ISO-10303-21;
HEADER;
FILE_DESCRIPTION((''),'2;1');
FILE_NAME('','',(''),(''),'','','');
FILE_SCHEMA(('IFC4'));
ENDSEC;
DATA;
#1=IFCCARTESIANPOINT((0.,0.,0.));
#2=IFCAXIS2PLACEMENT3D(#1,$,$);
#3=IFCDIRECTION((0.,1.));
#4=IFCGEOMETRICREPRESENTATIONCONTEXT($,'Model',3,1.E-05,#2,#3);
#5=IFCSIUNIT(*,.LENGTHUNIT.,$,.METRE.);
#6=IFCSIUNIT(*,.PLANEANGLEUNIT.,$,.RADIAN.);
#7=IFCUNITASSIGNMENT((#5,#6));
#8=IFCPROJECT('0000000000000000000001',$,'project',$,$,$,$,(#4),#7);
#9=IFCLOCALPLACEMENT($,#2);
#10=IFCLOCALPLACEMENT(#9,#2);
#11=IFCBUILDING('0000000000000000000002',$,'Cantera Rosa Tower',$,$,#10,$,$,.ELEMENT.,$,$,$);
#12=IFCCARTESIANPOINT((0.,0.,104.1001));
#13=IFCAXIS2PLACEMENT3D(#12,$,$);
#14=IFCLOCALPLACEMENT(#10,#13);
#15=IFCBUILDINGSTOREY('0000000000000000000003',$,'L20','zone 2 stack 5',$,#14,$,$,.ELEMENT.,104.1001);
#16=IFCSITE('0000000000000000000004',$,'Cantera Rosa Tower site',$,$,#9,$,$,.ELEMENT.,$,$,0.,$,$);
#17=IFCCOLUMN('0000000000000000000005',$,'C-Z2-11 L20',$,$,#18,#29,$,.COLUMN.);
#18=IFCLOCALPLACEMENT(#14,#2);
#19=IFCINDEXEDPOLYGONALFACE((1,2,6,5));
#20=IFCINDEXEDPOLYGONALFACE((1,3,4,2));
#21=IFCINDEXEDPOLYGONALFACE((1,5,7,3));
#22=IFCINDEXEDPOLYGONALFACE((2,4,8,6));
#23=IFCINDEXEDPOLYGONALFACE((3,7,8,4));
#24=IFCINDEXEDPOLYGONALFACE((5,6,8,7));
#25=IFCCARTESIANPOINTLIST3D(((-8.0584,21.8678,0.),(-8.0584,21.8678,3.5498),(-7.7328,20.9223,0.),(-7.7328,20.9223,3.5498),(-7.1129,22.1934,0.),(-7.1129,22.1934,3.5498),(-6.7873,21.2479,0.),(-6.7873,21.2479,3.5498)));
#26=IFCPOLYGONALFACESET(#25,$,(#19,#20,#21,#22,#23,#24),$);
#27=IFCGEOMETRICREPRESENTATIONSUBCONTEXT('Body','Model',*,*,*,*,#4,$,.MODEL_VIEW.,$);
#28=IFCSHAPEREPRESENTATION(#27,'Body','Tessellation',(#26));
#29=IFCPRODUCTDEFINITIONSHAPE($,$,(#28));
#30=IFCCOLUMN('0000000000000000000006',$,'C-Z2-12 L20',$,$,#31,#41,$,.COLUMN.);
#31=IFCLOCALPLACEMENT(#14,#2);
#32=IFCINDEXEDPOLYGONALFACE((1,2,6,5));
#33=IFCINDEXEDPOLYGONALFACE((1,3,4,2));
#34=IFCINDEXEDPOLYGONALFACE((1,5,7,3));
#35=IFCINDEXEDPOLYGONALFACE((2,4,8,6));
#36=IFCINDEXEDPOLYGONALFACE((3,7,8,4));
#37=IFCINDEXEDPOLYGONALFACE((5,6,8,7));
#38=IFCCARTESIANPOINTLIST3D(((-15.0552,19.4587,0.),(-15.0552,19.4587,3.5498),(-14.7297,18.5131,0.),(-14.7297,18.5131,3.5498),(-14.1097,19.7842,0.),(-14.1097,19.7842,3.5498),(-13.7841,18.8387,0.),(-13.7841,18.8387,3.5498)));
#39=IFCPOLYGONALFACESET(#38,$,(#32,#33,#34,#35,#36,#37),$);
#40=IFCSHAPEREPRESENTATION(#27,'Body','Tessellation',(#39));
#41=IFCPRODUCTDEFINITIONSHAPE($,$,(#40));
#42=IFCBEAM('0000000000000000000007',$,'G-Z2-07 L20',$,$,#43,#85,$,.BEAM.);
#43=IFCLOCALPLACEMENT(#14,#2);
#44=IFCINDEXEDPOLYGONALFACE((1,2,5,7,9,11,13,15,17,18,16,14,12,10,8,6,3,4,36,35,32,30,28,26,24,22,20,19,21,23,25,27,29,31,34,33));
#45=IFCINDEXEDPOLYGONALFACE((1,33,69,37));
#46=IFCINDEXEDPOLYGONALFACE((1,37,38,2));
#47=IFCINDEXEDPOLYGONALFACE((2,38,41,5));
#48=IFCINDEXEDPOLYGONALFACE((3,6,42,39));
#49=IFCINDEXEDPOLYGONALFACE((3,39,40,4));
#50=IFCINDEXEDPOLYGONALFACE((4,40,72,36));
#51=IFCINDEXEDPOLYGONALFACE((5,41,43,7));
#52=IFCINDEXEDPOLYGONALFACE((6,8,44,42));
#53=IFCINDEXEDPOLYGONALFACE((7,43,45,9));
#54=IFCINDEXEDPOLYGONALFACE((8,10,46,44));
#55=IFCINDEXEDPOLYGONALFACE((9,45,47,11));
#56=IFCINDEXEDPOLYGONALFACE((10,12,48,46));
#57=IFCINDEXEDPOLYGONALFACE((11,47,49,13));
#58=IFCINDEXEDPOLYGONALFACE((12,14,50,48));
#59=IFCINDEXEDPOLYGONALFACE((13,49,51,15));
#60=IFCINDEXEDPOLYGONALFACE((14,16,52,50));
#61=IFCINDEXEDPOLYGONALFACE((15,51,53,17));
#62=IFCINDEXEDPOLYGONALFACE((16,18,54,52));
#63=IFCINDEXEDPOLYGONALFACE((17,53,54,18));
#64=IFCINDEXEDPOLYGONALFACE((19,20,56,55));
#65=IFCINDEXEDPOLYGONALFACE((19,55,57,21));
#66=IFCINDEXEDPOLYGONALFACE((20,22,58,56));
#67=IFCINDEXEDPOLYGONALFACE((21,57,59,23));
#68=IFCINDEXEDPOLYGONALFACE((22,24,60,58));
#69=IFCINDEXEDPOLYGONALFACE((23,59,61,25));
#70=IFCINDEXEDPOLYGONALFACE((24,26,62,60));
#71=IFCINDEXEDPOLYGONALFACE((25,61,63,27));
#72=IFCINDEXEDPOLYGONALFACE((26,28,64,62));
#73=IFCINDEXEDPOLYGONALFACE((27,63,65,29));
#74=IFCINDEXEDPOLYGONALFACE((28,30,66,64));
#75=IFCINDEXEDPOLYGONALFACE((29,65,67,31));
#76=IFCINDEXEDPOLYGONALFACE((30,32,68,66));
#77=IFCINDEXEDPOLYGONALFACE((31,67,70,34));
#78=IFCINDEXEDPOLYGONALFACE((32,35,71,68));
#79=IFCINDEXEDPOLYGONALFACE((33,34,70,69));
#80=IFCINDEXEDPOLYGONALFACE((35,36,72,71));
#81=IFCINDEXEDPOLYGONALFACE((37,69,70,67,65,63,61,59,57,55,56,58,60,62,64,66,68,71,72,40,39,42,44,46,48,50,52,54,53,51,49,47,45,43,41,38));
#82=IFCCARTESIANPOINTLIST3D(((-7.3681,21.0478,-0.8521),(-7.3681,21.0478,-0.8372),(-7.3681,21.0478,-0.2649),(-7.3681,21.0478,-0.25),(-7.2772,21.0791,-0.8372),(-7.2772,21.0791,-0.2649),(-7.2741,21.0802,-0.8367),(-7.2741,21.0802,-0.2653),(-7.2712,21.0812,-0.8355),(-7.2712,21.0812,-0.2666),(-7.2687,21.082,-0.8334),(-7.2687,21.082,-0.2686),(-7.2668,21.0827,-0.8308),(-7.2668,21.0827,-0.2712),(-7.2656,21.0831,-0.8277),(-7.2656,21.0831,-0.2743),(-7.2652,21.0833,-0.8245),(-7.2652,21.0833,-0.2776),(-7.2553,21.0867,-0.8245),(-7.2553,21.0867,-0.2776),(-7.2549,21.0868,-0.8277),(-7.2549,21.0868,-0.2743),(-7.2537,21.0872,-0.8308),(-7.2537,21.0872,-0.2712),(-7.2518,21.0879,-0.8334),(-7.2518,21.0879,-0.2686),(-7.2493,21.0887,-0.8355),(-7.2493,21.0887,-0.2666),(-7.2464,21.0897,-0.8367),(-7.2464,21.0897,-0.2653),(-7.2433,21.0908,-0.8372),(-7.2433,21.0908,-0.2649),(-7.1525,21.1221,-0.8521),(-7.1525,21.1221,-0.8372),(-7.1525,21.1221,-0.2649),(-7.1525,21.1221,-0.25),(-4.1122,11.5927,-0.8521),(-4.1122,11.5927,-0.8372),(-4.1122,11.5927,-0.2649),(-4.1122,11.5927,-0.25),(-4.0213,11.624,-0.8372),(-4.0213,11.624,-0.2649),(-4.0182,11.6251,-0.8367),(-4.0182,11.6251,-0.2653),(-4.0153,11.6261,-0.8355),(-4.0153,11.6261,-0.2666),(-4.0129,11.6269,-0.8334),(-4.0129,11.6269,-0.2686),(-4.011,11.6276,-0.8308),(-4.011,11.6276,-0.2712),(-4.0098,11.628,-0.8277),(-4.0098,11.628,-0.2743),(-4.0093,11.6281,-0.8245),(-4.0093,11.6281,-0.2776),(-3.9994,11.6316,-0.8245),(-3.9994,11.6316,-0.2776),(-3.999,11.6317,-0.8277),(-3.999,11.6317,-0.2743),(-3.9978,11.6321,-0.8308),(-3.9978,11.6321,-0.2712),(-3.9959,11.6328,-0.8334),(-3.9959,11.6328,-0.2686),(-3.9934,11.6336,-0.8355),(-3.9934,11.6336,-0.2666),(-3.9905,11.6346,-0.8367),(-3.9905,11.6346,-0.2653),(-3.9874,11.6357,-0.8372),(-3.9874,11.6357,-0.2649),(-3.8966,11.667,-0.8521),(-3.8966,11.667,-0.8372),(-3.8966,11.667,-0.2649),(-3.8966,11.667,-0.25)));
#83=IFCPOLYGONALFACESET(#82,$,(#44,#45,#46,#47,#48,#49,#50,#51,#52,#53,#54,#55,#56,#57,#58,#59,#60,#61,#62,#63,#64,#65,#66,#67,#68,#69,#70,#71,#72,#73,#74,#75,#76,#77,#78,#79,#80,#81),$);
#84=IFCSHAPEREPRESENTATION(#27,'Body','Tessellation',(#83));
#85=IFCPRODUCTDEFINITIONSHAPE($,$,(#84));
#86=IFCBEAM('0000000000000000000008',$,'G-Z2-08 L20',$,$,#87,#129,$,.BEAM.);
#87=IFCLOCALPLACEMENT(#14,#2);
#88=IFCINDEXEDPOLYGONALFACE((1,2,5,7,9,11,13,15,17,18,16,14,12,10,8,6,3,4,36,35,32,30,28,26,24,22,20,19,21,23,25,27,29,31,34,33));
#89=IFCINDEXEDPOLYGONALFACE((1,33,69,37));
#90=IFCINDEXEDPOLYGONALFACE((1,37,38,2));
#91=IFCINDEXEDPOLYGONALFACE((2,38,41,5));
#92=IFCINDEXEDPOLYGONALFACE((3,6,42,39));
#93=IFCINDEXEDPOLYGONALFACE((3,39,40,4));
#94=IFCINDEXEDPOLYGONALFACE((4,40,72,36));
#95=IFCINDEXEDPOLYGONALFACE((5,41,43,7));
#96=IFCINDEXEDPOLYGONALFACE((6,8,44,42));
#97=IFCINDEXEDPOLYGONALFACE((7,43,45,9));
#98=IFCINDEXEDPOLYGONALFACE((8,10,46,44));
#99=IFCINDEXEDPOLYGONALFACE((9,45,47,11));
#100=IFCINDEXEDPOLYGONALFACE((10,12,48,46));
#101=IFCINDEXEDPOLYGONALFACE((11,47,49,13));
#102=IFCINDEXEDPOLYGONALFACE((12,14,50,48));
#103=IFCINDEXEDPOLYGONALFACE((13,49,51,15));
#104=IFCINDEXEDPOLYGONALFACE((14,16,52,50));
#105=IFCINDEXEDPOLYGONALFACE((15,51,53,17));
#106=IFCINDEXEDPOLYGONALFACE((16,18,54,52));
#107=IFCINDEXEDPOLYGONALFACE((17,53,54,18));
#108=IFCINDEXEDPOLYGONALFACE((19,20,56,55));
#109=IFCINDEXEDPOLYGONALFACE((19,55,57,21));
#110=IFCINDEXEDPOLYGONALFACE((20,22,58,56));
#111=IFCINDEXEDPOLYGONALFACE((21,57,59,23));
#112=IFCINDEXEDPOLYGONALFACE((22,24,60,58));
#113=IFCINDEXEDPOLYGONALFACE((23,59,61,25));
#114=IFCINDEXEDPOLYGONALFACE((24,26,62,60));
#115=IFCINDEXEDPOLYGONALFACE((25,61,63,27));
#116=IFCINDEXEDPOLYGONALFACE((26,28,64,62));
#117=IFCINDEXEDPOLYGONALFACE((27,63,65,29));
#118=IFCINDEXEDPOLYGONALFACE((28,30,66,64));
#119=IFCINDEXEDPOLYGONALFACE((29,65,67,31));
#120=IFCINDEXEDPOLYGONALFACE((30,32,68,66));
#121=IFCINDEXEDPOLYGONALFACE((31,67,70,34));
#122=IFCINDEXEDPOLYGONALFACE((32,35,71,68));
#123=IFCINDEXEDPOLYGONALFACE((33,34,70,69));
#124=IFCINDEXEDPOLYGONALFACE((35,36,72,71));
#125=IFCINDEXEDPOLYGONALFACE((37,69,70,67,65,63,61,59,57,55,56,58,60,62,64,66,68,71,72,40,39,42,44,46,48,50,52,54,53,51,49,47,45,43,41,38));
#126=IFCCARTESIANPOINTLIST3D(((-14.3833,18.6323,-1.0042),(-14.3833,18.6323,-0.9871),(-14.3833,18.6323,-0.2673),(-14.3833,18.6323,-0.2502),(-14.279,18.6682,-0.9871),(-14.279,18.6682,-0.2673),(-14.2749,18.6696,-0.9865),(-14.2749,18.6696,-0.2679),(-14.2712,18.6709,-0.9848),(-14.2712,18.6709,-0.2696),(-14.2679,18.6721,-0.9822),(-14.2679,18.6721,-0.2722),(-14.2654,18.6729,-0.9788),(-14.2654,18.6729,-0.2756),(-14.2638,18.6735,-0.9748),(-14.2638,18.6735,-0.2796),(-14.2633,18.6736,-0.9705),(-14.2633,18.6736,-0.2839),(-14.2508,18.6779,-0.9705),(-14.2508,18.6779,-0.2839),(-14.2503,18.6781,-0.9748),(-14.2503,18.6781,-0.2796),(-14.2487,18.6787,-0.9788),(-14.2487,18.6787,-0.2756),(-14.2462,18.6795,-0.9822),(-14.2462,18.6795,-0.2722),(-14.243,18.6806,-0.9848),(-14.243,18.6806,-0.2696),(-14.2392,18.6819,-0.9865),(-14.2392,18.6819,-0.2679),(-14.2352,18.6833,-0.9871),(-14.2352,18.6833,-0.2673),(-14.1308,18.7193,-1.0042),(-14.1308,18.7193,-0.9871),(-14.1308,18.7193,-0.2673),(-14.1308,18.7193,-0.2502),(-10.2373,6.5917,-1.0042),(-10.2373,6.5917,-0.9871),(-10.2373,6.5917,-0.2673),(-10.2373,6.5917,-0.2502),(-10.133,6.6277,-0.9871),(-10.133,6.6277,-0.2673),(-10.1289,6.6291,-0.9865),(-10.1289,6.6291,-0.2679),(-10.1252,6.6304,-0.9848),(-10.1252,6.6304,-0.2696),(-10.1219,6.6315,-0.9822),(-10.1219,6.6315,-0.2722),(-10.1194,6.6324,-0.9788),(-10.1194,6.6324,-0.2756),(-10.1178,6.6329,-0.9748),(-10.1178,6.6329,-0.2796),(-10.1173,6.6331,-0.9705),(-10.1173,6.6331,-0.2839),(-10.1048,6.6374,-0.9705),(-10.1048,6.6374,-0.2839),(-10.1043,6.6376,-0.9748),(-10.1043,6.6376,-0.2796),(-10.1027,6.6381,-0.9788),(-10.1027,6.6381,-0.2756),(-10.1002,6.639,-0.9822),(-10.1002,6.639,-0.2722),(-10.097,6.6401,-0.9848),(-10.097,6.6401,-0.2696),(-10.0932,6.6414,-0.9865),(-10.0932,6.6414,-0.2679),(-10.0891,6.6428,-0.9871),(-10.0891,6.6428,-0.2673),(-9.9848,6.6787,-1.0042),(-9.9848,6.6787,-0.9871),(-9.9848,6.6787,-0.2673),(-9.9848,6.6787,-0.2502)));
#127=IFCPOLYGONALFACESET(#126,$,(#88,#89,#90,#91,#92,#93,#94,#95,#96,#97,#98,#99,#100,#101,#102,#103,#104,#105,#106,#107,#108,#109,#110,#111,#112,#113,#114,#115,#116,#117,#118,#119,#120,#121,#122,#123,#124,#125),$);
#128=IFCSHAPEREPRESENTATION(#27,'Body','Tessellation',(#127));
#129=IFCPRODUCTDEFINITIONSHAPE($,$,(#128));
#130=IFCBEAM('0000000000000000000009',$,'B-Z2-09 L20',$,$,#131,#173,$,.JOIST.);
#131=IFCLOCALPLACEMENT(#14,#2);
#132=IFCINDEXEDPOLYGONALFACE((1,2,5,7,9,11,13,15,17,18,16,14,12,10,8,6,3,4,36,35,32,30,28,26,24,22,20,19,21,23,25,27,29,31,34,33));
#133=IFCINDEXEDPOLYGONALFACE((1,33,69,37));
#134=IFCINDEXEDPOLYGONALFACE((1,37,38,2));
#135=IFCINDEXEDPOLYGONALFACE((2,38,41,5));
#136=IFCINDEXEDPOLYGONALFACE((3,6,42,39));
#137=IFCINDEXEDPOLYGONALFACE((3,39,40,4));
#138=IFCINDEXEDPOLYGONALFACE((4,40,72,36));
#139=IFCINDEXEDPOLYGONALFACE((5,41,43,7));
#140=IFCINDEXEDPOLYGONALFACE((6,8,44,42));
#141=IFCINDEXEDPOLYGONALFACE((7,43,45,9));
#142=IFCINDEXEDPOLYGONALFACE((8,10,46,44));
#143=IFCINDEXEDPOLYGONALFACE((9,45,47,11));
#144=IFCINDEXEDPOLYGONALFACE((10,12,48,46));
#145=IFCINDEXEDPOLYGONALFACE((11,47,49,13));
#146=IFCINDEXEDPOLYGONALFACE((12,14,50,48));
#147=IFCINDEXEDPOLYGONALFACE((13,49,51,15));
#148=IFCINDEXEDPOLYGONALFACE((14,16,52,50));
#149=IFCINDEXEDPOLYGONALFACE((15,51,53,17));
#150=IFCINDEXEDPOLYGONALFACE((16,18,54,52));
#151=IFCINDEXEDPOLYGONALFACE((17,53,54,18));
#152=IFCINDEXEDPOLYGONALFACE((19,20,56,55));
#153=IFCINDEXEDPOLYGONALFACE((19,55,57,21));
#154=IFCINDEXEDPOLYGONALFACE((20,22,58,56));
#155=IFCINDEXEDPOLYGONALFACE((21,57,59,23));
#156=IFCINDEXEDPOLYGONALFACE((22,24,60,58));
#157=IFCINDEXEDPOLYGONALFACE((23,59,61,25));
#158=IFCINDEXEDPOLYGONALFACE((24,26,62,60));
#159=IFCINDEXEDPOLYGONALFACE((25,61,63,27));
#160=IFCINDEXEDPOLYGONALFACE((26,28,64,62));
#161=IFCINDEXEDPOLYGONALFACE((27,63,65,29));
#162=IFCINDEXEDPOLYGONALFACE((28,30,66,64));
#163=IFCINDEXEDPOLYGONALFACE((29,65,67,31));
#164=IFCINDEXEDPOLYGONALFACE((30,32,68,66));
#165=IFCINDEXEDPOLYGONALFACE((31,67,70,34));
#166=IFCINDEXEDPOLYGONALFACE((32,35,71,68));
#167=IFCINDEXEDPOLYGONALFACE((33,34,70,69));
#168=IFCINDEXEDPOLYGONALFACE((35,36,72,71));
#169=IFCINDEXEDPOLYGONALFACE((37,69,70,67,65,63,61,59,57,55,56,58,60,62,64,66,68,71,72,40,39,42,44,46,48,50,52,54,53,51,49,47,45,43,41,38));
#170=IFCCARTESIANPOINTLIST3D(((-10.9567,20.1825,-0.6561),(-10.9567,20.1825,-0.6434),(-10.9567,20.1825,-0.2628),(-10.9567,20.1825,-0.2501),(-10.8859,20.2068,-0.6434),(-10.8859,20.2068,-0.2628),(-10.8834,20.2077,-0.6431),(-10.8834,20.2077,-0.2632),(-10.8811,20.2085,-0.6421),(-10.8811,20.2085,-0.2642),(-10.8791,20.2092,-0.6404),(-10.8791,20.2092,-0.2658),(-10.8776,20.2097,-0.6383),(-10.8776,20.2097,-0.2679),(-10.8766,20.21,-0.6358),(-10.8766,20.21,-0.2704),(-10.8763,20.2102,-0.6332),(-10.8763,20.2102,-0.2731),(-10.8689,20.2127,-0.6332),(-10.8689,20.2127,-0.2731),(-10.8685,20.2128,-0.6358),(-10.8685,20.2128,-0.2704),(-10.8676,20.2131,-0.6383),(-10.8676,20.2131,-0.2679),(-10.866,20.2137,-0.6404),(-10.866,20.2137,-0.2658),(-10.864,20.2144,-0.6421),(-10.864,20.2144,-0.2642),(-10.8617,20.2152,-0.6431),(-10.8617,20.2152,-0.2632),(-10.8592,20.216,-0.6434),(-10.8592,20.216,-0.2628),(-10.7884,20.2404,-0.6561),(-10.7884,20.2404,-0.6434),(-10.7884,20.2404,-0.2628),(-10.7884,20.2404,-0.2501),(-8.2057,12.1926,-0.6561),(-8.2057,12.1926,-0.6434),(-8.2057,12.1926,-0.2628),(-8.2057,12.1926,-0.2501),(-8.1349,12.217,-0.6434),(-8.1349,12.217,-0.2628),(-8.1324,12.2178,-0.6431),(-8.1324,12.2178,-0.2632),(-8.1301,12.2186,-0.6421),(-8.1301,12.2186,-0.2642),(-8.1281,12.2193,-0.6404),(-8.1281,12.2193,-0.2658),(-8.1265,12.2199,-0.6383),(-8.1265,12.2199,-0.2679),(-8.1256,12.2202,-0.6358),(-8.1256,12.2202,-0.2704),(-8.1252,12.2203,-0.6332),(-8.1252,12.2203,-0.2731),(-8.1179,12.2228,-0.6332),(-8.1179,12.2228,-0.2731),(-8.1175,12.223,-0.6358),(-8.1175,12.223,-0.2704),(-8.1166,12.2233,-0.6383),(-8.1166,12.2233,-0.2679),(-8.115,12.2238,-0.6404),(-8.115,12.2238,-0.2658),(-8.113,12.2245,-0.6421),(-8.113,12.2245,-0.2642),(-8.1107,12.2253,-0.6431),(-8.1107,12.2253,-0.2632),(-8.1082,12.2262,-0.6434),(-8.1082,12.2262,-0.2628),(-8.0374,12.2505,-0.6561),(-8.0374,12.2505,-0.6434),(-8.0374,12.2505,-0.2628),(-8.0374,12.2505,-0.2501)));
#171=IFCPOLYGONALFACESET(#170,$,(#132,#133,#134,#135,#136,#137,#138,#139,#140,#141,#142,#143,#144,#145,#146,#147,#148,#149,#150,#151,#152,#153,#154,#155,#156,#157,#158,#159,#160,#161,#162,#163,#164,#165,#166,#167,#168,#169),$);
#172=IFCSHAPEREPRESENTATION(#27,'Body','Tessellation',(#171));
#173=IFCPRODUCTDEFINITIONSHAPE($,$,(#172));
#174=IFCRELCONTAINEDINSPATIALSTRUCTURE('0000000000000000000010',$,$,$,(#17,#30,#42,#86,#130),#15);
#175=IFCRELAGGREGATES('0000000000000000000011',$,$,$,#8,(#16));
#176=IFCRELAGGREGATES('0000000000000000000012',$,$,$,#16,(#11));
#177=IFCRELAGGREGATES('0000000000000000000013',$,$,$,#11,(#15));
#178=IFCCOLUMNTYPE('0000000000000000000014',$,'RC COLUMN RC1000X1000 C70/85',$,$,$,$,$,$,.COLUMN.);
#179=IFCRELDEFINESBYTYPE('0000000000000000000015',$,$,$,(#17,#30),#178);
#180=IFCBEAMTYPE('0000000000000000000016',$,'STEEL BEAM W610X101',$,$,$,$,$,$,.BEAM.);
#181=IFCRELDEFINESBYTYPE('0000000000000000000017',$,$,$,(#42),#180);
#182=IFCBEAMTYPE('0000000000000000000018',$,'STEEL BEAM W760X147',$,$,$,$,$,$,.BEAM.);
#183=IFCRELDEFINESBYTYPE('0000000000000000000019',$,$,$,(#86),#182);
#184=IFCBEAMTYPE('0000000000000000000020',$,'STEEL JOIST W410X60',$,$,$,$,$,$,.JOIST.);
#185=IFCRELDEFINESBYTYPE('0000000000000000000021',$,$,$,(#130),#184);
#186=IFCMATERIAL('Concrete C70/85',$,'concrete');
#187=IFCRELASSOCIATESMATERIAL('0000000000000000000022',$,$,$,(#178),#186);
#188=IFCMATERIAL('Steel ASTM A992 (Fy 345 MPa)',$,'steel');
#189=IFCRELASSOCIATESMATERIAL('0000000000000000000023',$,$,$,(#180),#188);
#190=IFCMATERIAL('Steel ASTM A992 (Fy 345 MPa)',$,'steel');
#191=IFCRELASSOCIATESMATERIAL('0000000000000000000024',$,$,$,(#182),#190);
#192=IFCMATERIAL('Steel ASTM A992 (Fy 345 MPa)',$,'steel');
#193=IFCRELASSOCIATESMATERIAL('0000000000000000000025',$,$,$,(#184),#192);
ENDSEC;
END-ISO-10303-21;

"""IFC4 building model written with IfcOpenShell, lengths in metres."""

from ifc_helpers import new_model, si_unit, direction, frame, origin, origin_2d, place, context, subcontext, project, spatial, rectangle, i_section, extrude, material, material_profile, profile_set, type_object, element, save


model = new_model("IFC4")

# Units and contexts
model_context = context("Model", 3, precision=1e-05, world=origin(), true_north=direction((0.0, 1.0)))
body_context = subcontext(model_context, "Body", "Model", "MODEL_VIEW")
ifc_project = project(units=[si_unit("LENGTHUNIT", "METRE"), si_unit("PLANEANGLEUNIT", "RADIAN")], contexts=[model_context])

# Site, building, storey
site_placement = place(None, origin())
site = spatial("IfcSite", under=ifc_project, at=site_placement, Name="Cantera Rosa Tower site", CompositionType="ELEMENT", RefElevation=0.0)
building_placement = place(site_placement, origin())
building = spatial("IfcBuilding", under=site, at=building_placement, Name="Cantera Rosa Tower", CompositionType="ELEMENT")
storey_placement = place(building_placement, frame((0.0, 0.0, 104.1001)))
storey = spatial("IfcBuildingStorey", under=building, at=storey_placement, Name="L20", Description="zone 2 stack 5", CompositionType="ELEMENT", Elevation=104.1001)

# Columns
ifc_material_1 = material(Name="Concrete C70/85", Category="concrete")
ifc_material_profile_1 = material_profile(ifc_material_1, rectangle(XDim=1.0, YDim=1.0, at=origin_2d()), Name="RC COLUMN RC1000X1000 C70/85")
ifc_profile_set_1 = profile_set([ifc_material_profile_1], Name="Concrete C70/85")
column_type = type_object("IfcColumnType", Name="RC COLUMN RC1000X1000 C70/85", PredefinedType="COLUMN", material=ifc_profile_set_1)
for number, where, z_axis, x_axis, name in (
    (1, (-7.4229, 21.5579, 0.0), (0.0, 0.0, 1.0), (0.945519, 0.325568, 0.0), "C-Z2-11 L20"),
    (2, (-14.4197, 19.1487, 0.0), (0.0, 0.0, 1.0), (0.945519, 0.325568, 0.0), "C-Z2-12 L20"),
):
    element("IfcColumn", number, at=place(storey_placement, frame(where, z_axis=z_axis, x_axis=x_axis)), inside=storey, type_object=column_type, Name=name, PredefinedType="COLUMN", context=body_context, shape_type="SweptSolid", body=[
        extrude(rectangle(XDim=1.0, YDim=1.0, at=origin_2d()), origin(), (0.0, 0.0, 1.0), 3.5498),
    ])

# Beams
ifc_material_2 = material(Name="Steel ASTM A992 (Fy 345 MPa)", Category="steel")
ifc_material_profile_2 = material_profile(ifc_material_2, i_section(OverallWidth=0.228, OverallDepth=0.6021, WebThickness=0.0105, FlangeThickness=0.0149, FilletRadius=0.0127, at=origin_2d()), Name="W610X101")
ifc_profile_set_2 = profile_set([ifc_material_profile_2], Name="Steel ASTM A992 (Fy 345 MPa)")
beam_type_1 = type_object("IfcBeamType", Name="STEEL BEAM W610X101", PredefinedType="BEAM", material=ifc_profile_set_2)
beam_1_placement = place(storey_placement, frame((-7.2603, 21.085, -0.551), z_axis=(0.325587, -0.945512, 0.0), x_axis=(0.945512, 0.325587, 0.0)))
element("IfcBeam", 3, at=beam_1_placement, inside=storey, type_object=beam_type_1, Name="G-Z2-07 L20", PredefinedType="BEAM", context=body_context, shape_type="SweptSolid", body=[
    extrude(i_section(OverallWidth=0.228, OverallDepth=0.6021, WebThickness=0.0105, FlangeThickness=0.0149, FilletRadius=0.0127, at=origin_2d()), origin(), (0.0, 0.0, 1.0), 10.0),
])
ifc_material_3 = material(Name="Steel ASTM A992 (Fy 345 MPa)", Category="steel")
ifc_material_profile_3 = material_profile(ifc_material_3, i_section(OverallWidth=0.2671, OverallDepth=0.7539, WebThickness=0.0132, FlangeThickness=0.0171, FilletRadius=0.0166, at=origin_2d()), Name="W760X147")
ifc_profile_set_3 = profile_set([ifc_material_profile_3], Name="Steel ASTM A992 (Fy 345 MPa)")
beam_type_2 = type_object("IfcBeamType", Name="STEEL BEAM W760X147", PredefinedType="BEAM", material=ifc_profile_set_3)
beam_2_placement = place(storey_placement, frame((-14.2571, 18.6758, -0.6272), z_axis=(0.325576, -0.945516, 0.0), x_axis=(0.945516, 0.325576, 0.0)))
element("IfcBeam", 4, at=beam_2_placement, inside=storey, type_object=beam_type_2, Name="G-Z2-08 L20", PredefinedType="BEAM", context=body_context, shape_type="SweptSolid", body=[
    extrude(i_section(OverallWidth=0.2671, OverallDepth=0.7539, WebThickness=0.0132, FlangeThickness=0.0171, FilletRadius=0.0166, at=origin_2d()), origin(), (0.0, 0.0, 1.0), 12.7344),
])
ifc_material_4 = material(Name="Steel ASTM A992 (Fy 345 MPa)", Category="steel")
ifc_material_profile_4 = material_profile(ifc_material_4, i_section(OverallWidth=0.178, OverallDepth=0.406, WebThickness=0.0078, FlangeThickness=0.0127, FilletRadius=0.0103, at=origin_2d()), Name="W410X60")
ifc_profile_set_4 = profile_set([ifc_material_profile_4], Name="Steel ASTM A992 (Fy 345 MPa)")
beam_type_3 = type_object("IfcBeamType", Name="STEEL JOIST W410X60", PredefinedType="JOIST", material=ifc_profile_set_4)
beam_3_placement = place(storey_placement, frame((-10.8726, 20.2114, -0.4531), z_axis=(0.325556, -0.945523, 0.0), x_axis=(0.945523, 0.325556, 0.0)))
element("IfcBeam", 5, at=beam_3_placement, inside=storey, type_object=beam_type_3, Name="B-Z2-09 L20", PredefinedType="JOIST", context=body_context, shape_type="SweptSolid", body=[
    extrude(i_section(OverallWidth=0.178, OverallDepth=0.406, WebThickness=0.0078, FlangeThickness=0.0127, FilletRadius=0.0103, at=origin_2d()), origin(), (0.0, 0.0, 1.0), 8.4502),
])

save(model, "model.ifc")
